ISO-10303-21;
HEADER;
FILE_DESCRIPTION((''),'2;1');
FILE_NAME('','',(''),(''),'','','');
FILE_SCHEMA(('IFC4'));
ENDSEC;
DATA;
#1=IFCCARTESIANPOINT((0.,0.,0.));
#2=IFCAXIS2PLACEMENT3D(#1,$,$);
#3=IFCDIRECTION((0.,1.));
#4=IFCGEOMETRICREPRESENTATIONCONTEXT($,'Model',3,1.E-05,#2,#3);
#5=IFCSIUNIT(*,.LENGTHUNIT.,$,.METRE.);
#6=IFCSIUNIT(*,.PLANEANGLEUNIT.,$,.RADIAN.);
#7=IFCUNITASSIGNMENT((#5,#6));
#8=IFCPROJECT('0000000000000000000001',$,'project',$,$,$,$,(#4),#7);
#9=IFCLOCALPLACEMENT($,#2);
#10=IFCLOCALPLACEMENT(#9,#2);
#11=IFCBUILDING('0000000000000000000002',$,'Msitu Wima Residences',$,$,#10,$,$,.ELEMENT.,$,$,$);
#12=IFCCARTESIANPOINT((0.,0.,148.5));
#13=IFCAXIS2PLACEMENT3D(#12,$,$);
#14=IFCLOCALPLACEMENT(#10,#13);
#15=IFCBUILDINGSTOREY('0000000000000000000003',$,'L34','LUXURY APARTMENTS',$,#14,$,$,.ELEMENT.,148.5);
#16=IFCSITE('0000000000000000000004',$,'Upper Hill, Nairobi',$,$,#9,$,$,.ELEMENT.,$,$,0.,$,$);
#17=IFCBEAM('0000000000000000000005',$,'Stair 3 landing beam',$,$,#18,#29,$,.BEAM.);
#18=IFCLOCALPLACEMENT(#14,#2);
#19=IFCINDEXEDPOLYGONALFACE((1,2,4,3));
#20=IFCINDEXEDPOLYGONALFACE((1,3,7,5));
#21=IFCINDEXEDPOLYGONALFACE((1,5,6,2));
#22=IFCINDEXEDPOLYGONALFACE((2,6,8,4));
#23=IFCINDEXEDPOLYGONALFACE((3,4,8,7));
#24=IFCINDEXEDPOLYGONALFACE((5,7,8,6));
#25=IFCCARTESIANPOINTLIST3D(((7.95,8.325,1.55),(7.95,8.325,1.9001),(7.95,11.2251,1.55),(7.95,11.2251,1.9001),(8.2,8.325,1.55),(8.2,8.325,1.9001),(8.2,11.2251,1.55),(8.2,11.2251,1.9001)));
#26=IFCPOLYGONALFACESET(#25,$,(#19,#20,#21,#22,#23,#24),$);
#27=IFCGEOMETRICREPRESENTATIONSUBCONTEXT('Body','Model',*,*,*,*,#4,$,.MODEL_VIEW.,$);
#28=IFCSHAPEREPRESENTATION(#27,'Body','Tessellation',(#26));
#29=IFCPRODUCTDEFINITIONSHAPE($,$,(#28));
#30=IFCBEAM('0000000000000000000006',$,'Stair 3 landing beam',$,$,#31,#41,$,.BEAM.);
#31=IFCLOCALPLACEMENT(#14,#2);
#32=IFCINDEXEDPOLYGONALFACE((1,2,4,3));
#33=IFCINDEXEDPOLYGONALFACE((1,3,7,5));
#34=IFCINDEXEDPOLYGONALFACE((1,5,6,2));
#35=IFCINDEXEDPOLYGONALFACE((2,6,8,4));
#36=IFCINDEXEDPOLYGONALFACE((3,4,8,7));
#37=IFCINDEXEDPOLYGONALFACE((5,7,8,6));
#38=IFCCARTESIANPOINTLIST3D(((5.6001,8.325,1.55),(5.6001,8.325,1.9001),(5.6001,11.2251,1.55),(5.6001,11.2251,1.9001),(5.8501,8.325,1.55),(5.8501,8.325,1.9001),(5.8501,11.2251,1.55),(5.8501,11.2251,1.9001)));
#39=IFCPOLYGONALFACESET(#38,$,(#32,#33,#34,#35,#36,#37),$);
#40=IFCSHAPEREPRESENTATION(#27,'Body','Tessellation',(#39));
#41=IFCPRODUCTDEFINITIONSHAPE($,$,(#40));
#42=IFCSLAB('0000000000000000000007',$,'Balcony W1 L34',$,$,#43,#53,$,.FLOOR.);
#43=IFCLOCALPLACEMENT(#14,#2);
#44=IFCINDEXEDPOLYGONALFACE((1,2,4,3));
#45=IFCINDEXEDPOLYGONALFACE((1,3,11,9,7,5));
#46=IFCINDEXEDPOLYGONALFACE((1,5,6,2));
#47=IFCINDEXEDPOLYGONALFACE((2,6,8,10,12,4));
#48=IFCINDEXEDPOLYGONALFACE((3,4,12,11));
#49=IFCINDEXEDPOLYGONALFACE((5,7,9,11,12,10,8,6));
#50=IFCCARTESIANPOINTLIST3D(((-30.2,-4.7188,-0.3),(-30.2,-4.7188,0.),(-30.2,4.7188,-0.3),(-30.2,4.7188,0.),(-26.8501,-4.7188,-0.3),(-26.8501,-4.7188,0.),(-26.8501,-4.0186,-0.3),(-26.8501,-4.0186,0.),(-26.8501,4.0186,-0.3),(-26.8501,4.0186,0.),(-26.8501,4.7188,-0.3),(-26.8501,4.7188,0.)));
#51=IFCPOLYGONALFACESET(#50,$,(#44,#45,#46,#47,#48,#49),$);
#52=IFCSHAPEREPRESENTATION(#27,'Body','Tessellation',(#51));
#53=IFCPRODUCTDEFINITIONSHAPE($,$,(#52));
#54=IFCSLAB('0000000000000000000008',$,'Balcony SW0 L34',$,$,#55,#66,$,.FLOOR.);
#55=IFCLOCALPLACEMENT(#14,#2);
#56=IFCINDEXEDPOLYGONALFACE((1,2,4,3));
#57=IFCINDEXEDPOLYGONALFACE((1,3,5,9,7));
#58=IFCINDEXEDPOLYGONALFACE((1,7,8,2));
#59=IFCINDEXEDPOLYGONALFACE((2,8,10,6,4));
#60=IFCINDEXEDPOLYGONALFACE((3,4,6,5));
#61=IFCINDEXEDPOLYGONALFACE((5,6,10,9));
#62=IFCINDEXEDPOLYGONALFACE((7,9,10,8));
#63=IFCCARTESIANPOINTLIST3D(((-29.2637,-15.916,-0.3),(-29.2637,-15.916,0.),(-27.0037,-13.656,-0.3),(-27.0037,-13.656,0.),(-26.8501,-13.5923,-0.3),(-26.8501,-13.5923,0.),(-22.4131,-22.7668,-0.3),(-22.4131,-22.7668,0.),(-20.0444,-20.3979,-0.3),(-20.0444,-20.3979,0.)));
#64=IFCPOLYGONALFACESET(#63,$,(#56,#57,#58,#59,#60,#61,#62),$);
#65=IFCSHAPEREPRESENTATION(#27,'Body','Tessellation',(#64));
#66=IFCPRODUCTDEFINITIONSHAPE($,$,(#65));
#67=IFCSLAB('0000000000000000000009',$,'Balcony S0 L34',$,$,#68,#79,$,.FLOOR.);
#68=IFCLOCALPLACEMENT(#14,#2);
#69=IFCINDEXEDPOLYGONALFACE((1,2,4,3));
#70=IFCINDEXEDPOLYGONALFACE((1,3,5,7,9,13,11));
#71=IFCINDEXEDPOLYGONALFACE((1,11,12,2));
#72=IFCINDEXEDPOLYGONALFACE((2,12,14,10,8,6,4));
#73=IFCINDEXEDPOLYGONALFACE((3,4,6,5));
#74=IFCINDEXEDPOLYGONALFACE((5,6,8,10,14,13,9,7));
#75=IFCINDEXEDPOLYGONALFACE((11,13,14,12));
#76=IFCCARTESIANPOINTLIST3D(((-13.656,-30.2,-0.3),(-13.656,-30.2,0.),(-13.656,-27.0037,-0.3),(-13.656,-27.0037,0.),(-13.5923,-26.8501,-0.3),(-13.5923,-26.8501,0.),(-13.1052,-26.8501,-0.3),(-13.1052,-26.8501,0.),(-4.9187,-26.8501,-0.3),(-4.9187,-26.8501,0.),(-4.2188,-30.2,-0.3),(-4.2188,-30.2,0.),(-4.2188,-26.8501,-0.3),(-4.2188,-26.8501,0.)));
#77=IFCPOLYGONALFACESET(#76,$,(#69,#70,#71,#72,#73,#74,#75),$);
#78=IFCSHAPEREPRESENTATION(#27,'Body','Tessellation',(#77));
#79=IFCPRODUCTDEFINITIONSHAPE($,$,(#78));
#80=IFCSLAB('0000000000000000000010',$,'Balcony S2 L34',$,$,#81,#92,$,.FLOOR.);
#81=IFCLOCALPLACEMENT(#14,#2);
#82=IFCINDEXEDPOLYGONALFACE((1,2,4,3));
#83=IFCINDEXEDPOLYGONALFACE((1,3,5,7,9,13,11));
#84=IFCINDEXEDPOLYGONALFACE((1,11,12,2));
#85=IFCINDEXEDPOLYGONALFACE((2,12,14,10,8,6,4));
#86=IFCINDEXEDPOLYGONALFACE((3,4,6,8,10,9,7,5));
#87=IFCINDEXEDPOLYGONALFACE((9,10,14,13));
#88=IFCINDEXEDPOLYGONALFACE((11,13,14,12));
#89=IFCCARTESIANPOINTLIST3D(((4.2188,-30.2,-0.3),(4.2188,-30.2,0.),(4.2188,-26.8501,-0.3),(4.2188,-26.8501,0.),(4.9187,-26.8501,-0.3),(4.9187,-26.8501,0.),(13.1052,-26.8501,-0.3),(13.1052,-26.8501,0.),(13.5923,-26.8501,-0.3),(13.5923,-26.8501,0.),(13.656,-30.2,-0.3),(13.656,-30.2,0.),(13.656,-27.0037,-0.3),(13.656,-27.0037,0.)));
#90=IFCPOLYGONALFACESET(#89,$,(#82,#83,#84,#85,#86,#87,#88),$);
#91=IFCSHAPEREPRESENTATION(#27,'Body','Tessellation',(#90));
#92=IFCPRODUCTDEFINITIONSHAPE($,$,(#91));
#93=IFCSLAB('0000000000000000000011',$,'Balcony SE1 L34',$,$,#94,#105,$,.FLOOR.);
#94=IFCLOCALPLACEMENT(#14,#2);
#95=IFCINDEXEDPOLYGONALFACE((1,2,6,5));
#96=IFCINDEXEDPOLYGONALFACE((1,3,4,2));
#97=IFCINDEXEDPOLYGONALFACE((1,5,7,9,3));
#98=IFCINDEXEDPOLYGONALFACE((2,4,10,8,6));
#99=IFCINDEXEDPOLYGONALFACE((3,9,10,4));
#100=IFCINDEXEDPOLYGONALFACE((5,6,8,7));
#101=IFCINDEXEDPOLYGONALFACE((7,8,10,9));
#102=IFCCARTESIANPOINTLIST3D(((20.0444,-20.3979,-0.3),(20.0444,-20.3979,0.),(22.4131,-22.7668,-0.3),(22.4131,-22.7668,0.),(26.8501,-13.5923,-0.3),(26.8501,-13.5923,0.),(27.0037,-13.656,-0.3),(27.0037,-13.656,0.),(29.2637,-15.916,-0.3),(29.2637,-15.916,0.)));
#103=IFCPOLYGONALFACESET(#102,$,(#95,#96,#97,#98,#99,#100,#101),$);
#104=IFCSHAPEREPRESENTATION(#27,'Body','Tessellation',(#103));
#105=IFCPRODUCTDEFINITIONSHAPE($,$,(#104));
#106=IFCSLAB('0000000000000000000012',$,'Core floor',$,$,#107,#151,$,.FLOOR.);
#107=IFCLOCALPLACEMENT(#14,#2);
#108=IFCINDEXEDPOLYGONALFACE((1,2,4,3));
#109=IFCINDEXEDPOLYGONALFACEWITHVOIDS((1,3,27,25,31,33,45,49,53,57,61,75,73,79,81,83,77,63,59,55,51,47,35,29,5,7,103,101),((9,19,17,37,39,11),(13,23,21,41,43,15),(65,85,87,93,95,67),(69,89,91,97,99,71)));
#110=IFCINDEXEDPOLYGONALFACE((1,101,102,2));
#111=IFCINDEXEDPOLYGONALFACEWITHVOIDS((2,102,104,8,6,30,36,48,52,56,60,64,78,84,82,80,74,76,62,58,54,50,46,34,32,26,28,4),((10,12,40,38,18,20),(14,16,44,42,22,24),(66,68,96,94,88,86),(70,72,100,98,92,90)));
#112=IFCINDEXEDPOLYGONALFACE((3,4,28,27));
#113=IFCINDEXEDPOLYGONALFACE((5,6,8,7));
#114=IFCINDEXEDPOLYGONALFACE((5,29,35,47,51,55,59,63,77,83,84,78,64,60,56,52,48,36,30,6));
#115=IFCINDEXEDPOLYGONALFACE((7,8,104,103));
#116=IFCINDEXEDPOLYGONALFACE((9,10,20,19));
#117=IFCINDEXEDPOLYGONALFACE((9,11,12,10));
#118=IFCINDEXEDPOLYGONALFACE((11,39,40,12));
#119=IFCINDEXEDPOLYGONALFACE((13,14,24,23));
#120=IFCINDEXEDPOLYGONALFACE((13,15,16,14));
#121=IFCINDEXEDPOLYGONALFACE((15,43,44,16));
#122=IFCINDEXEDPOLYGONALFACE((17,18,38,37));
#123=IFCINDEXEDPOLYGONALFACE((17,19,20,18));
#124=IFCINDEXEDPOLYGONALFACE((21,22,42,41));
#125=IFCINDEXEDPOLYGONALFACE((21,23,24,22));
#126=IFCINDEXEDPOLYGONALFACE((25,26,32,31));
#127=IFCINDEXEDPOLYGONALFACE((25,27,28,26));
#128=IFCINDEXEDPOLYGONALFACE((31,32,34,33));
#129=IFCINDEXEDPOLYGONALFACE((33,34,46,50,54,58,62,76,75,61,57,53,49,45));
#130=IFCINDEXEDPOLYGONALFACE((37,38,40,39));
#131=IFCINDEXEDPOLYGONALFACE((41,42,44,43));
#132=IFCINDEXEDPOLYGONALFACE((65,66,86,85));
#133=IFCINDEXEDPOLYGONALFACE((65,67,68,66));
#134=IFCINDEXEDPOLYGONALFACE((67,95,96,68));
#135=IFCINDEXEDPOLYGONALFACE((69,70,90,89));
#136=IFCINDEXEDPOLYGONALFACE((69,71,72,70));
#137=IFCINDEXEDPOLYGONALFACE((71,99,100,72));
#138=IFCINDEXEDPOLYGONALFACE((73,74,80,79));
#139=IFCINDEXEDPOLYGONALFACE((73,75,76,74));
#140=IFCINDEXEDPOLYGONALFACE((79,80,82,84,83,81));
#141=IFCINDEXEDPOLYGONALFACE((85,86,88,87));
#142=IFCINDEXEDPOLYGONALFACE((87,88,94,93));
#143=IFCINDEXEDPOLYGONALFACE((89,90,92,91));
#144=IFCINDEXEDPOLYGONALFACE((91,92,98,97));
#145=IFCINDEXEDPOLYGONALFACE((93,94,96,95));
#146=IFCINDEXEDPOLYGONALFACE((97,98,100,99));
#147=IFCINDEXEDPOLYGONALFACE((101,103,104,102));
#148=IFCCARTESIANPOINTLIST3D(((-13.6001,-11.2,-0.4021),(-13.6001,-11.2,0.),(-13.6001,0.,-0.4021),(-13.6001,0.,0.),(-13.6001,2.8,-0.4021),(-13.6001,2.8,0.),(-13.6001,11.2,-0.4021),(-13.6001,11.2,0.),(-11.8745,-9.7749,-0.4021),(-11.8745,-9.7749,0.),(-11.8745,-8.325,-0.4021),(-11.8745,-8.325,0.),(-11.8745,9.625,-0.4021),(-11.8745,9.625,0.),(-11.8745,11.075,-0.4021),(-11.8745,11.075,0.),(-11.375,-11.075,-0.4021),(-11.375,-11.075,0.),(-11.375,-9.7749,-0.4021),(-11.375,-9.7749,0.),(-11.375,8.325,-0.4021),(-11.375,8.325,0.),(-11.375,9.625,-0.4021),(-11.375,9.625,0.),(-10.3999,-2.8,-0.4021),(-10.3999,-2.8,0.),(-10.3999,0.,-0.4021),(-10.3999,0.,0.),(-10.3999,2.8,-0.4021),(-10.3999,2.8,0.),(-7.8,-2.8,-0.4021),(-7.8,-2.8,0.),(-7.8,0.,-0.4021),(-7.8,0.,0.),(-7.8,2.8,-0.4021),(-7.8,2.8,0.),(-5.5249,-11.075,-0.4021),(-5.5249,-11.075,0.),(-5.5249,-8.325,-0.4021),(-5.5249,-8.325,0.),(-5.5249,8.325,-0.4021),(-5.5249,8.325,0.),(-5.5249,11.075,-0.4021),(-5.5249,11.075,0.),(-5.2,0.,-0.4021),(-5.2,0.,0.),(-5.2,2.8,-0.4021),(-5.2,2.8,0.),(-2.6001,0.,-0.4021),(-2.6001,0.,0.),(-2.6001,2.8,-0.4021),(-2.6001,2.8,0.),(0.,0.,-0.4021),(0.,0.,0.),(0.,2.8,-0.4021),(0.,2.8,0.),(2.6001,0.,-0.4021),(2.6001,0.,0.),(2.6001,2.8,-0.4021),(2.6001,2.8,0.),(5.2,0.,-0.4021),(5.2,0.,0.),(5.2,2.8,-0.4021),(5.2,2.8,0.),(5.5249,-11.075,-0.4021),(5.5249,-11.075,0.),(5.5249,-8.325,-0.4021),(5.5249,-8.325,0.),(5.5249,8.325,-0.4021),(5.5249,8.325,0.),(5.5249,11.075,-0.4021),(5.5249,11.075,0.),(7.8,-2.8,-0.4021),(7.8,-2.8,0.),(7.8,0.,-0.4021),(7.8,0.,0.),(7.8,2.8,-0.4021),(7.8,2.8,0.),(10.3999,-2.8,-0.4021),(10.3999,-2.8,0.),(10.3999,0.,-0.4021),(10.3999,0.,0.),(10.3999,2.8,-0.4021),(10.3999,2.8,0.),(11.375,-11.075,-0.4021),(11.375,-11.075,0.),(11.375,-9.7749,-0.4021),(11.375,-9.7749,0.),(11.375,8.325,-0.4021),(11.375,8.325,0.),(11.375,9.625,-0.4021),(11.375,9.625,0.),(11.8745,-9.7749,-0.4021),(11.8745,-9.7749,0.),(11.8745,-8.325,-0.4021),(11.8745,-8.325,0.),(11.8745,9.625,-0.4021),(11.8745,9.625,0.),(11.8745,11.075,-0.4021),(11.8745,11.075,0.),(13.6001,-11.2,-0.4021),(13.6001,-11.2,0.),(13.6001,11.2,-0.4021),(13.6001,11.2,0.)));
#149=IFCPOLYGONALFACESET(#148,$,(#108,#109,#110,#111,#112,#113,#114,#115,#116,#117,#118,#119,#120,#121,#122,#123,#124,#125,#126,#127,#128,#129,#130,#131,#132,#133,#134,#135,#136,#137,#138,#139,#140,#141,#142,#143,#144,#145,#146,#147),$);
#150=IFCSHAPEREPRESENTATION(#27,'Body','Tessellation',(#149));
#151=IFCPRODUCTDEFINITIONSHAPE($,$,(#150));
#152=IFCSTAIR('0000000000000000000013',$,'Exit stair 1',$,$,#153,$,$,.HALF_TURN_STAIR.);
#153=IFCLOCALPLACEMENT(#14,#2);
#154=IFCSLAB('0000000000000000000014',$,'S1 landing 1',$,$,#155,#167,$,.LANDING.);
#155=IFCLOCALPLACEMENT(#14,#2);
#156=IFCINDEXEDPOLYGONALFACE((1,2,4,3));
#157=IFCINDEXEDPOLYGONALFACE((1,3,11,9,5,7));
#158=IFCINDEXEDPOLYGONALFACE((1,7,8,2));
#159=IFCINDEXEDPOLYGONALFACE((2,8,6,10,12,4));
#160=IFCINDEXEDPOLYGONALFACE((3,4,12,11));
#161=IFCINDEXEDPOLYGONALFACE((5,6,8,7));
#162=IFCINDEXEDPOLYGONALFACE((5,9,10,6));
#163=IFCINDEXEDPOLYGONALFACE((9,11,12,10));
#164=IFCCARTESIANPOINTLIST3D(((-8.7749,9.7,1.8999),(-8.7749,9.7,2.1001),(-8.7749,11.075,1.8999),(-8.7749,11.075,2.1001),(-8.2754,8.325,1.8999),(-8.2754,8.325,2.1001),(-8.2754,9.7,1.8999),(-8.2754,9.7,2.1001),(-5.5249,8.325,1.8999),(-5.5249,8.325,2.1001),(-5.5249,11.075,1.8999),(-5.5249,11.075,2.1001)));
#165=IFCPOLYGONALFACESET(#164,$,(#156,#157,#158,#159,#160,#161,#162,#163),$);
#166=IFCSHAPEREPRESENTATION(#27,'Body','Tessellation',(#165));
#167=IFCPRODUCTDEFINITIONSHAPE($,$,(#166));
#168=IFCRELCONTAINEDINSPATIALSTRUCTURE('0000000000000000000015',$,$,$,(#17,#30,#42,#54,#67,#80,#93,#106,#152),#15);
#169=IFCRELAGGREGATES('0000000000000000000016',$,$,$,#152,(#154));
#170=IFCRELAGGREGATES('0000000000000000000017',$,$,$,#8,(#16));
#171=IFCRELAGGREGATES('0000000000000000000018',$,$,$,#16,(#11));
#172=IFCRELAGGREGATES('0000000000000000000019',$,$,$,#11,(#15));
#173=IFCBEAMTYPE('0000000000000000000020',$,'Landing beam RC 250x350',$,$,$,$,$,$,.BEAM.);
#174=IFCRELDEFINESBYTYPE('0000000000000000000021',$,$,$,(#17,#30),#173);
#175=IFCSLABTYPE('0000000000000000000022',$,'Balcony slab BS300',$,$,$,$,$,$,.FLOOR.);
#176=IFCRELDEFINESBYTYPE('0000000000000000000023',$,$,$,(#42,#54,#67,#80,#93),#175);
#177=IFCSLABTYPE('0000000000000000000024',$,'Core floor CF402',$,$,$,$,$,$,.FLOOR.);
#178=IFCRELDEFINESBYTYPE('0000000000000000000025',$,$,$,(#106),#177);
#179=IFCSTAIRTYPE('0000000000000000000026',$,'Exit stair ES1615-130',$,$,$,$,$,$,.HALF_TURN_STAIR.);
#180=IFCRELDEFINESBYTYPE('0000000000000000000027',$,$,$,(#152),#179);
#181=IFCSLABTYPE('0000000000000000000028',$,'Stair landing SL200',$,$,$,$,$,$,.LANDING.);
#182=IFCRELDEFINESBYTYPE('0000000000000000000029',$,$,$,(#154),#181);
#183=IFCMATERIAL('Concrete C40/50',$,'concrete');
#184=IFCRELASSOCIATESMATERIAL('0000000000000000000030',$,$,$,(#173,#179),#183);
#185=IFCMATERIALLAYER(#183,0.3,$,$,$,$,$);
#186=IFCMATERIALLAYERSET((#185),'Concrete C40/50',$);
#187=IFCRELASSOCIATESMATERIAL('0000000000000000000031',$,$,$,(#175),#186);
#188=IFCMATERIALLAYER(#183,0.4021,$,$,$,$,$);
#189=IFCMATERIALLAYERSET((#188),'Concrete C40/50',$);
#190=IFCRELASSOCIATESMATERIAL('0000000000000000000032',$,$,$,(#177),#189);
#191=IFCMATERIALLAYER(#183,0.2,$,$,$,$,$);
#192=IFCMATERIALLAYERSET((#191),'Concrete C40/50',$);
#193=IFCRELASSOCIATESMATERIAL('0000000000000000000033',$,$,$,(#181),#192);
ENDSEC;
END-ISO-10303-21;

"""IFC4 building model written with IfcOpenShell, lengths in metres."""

from ifc_helpers import new_model, si_unit, direction, frame, origin, origin_2d, place, context, subcontext, project, spatial, polyline, rectangle, outline, extrude, material, layer, layer_set, material_profile, profile_set, type_object, element, aggregate, save


model = new_model("IFC4")

# Units and contexts
model_context = context("Model", 3, precision=1e-05, world=origin(), true_north=direction((0.0, 1.0)))
body_context = subcontext(model_context, "Body", "Model", "MODEL_VIEW")
ifc_project = project(units=[si_unit("LENGTHUNIT", "METRE"), si_unit("PLANEANGLEUNIT", "RADIAN")], contexts=[model_context])

# Site, building, storey
site_placement = place(None, origin())
site = spatial("IfcSite", under=ifc_project, at=site_placement, Name="Upper Hill, Nairobi", CompositionType="ELEMENT", RefElevation=0.0)
building_placement = place(site_placement, origin())
building = spatial("IfcBuilding", under=site, at=building_placement, Name="Msitu Wima Residences", CompositionType="ELEMENT")
storey_placement = place(building_placement, frame((0.0, 0.0, 148.5)))
storey = spatial("IfcBuildingStorey", under=building, at=storey_placement, Name="L34", Description="LUXURY APARTMENTS", CompositionType="ELEMENT", Elevation=148.5)

# Beams
ifc_material_1 = material(Name="Concrete C40/50", Category="concrete")
ifc_material_profile = material_profile(ifc_material_1, rectangle(XDim=0.25, YDim=0.3501, at=origin_2d()), Name="RC 250x350")
ifc_profile_set = profile_set([ifc_material_profile], Name="Concrete C40/50")
beam_type = type_object("IfcBeamType", Name="Landing beam RC 250x350", PredefinedType="BEAM", material=ifc_profile_set)
for number, where, z_axis, x_axis, name in (
    (1, (8.075, 8.325, 1.7251), (0.0, 1.0, 0.0), (-1.0, 0.0, 0.0), "Stair 3 landing beam"),
    (2, (5.7251, 8.325, 1.7251), (0.0, 1.0, 0.0), (-1.0, 0.0, 0.0), "Stair 3 landing beam"),
):
    element("IfcBeam", number, at=place(storey_placement, frame(where, z_axis=z_axis, x_axis=x_axis)), inside=storey, type_object=beam_type, Name=name, PredefinedType="BEAM", context=body_context, shape_type="SweptSolid", body=[
        extrude(rectangle(XDim=0.25, YDim=0.3501, at=origin_2d()), origin(), (0.0, 0.0, 1.0), 2.9001),
    ])

# Slabs
ifc_layer_1 = layer(ifc_material_1, 0.3)
ifc_layer_set_1 = layer_set([ifc_layer_1], Name="Concrete C40/50")
slab_type_1 = type_object("IfcSlabType", Name="Balcony slab BS300", PredefinedType="FLOOR", material=ifc_layer_set_1)
slab_1_placement = place(storey_placement, frame((0.0, 0.0, -0.3)))
element("IfcSlab", 3, at=slab_1_placement, inside=storey, type_object=slab_type_1, Name="Balcony W1 L34", PredefinedType="FLOOR", context=body_context, shape_type="SweptSolid", body=[
    extrude(outline(polyline([(-26.8501, -4.0186), (-26.8501, -4.0186), (-26.8501, -4.7188), (-30.2, -4.7188), (-30.2, 4.7188), (-26.8501, 4.7188), (-26.8501, 4.0186), (-26.8501, 4.0186), (-26.8501, -4.0186)])), origin(), (0.0, 0.0, 1.0), 0.3),
])
slab_2_placement = place(storey_placement, frame((0.0, 0.0, -0.3)))
element("IfcSlab", 4, at=slab_2_placement, inside=storey, type_object=slab_type_1, Name="Balcony SW0 L34", PredefinedType="FLOOR", context=body_context, shape_type="SweptSolid", body=[
    extrude(outline(polyline([(-22.4131, -22.7668), (-29.2637, -15.916), (-27.0037, -13.656), (-26.8501, -13.5923), (-20.0444, -20.3979), (-22.4131, -22.7668)])), origin(), (0.0, 0.0, 1.0), 0.3),
])
slab_3_placement = place(storey_placement, frame((0.0, 0.0, -0.3)))
element("IfcSlab", 5, at=slab_3_placement, inside=storey, type_object=slab_type_1, Name="Balcony S0 L34", PredefinedType="FLOOR", context=body_context, shape_type="SweptSolid", body=[
    extrude(outline(polyline([(-13.1052, -26.8501), (-13.1052, -26.8501), (-4.9187, -26.8501), (-4.9187, -26.8501), (-4.2188, -26.8501), (-4.2188, -30.2), (-13.656, -30.2), (-13.656, -27.0037), (-13.5923, -26.8501), (-13.1052, -26.8501), (-13.1052, -26.8501)])), origin(), (0.0, 0.0, 1.0), 0.3),
])
slab_4_placement = place(storey_placement, frame((0.0, 0.0, -0.3)))
element("IfcSlab", 6, at=slab_4_placement, inside=storey, type_object=slab_type_1, Name="Balcony S2 L34", PredefinedType="FLOOR", context=body_context, shape_type="SweptSolid", body=[
    extrude(outline(polyline([(13.1052, -26.8501), (13.1052, -26.8501), (13.5923, -26.8501), (13.656, -27.0037), (13.656, -30.2), (4.2188, -30.2), (4.2188, -26.8501), (4.9187, -26.8501), (4.9187, -26.8501), (13.1052, -26.8501), (13.1052, -26.8501)])), origin(), (0.0, 0.0, 1.0), 0.3),
])
slab_5_placement = place(storey_placement, frame((0.0, 0.0, -0.3)))
element("IfcSlab", 7, at=slab_5_placement, inside=storey, type_object=slab_type_1, Name="Balcony SE1 L34", PredefinedType="FLOOR", context=body_context, shape_type="SweptSolid", body=[
    extrude(outline(polyline([(29.2637, -15.916), (22.4131, -22.7668), (20.0444, -20.3979), (26.8501, -13.5923), (27.0037, -13.656), (29.2637, -15.916)])), origin(), (0.0, 0.0, 1.0), 0.3),
])
ifc_layer_2 = layer(ifc_material_1, 0.4021)
ifc_layer_set_2 = layer_set([ifc_layer_2], Name="Concrete C40/50")
slab_type_2 = type_object("IfcSlabType", Name="Core floor CF402", PredefinedType="FLOOR", material=ifc_layer_set_2)
slab_6_placement = place(storey_placement, frame((0.0, 0.0, -0.4021)))
element("IfcSlab", 8, at=slab_6_placement, inside=storey, type_object=slab_type_2, Name="Core floor", PredefinedType="FLOOR", context=body_context, shape_type="SweptSolid", body=[
    extrude(outline(polyline([(-13.6001, 11.2), (-13.6001, 2.8), (-10.3999, 2.8), (-7.8, 2.8), (-5.2, 2.8), (-2.6001, 2.8), (0.0, 2.8), (2.6001, 2.8), (5.2, 2.8), (7.8, 2.8), (10.3999, 2.8), (10.3999, 0.0), (10.3999, -2.8), (7.8, -2.8), (7.8, 0.0), (5.2, 0.0), (2.6001, 0.0), (0.0, 0.0), (-2.6001, 0.0), (-5.2, 0.0), (-7.8, 0.0), (-7.8, -2.8), (-10.3999, -2.8), (-10.3999, 0.0), (-13.6001, 0.0), (-13.6001, -11.2), (13.6001, -11.2), (13.6001, 11.2), (-13.6001, 11.2)]), holes=[polyline([(-11.375, -11.075), (-11.375, -9.7749), (-11.8745, -9.7749), (-11.8745, -8.325), (-5.5249, -8.325), (-5.5249, -11.075), (-11.375, -11.075)]), polyline([(-11.375, 9.625), (-11.8745, 9.625), (-11.8745, 11.075), (-5.5249, 11.075), (-5.5249, 8.325), (-11.375, 8.325), (-11.375, 9.625)]), polyline([(11.375, -9.7749), (11.375, -11.075), (5.5249, -11.075), (5.5249, -8.325), (11.8745, -8.325), (11.8745, -9.7749), (11.375, -9.7749)]), polyline([(11.375, 9.625), (11.375, 8.325), (5.5249, 8.325), (5.5249, 11.075), (11.8745, 11.075), (11.8745, 9.625), (11.375, 9.625)])]), origin(), (0.0, 0.0, 1.0), 0.4021),
])

# Stair, slab
stair_type = type_object("IfcStairType", Name="Exit stair ES1615-130", PredefinedType="HALF_TURN_STAIR", material=ifc_material_1)
stair_1_placement = place(storey_placement, origin())
stair_1 = element("IfcStair", 9, at=stair_1_placement, inside=storey, type_object=stair_type, Name="Exit stair 1", PredefinedType="HALF_TURN_STAIR")
ifc_layer_3 = layer(ifc_material_1, 0.2)
ifc_layer_set_3 = layer_set([ifc_layer_3], Name="Concrete C40/50")
slab_type_3 = type_object("IfcSlabType", Name="Stair landing SL200", PredefinedType="LANDING", material=ifc_layer_set_3)
slab_7_placement = place(storey_placement, frame((0.0, 0.0, 1.8999)))
slab_7 = element("IfcSlab", 10, at=slab_7_placement, type_object=slab_type_3, Name="S1 landing 1", PredefinedType="LANDING", context=body_context, shape_type="SweptSolid", body=[
    extrude(outline(polyline([(-5.5249, 8.325), (-8.2754, 8.325), (-8.2754, 9.7), (-8.7749, 9.7), (-8.7749, 11.075), (-5.5249, 11.075), (-5.5249, 8.325)])), origin(), (0.0, 0.0, 1.0), 0.2002),
])
aggregate(stair_1, [slab_7])

save(model, "model.ifc")
